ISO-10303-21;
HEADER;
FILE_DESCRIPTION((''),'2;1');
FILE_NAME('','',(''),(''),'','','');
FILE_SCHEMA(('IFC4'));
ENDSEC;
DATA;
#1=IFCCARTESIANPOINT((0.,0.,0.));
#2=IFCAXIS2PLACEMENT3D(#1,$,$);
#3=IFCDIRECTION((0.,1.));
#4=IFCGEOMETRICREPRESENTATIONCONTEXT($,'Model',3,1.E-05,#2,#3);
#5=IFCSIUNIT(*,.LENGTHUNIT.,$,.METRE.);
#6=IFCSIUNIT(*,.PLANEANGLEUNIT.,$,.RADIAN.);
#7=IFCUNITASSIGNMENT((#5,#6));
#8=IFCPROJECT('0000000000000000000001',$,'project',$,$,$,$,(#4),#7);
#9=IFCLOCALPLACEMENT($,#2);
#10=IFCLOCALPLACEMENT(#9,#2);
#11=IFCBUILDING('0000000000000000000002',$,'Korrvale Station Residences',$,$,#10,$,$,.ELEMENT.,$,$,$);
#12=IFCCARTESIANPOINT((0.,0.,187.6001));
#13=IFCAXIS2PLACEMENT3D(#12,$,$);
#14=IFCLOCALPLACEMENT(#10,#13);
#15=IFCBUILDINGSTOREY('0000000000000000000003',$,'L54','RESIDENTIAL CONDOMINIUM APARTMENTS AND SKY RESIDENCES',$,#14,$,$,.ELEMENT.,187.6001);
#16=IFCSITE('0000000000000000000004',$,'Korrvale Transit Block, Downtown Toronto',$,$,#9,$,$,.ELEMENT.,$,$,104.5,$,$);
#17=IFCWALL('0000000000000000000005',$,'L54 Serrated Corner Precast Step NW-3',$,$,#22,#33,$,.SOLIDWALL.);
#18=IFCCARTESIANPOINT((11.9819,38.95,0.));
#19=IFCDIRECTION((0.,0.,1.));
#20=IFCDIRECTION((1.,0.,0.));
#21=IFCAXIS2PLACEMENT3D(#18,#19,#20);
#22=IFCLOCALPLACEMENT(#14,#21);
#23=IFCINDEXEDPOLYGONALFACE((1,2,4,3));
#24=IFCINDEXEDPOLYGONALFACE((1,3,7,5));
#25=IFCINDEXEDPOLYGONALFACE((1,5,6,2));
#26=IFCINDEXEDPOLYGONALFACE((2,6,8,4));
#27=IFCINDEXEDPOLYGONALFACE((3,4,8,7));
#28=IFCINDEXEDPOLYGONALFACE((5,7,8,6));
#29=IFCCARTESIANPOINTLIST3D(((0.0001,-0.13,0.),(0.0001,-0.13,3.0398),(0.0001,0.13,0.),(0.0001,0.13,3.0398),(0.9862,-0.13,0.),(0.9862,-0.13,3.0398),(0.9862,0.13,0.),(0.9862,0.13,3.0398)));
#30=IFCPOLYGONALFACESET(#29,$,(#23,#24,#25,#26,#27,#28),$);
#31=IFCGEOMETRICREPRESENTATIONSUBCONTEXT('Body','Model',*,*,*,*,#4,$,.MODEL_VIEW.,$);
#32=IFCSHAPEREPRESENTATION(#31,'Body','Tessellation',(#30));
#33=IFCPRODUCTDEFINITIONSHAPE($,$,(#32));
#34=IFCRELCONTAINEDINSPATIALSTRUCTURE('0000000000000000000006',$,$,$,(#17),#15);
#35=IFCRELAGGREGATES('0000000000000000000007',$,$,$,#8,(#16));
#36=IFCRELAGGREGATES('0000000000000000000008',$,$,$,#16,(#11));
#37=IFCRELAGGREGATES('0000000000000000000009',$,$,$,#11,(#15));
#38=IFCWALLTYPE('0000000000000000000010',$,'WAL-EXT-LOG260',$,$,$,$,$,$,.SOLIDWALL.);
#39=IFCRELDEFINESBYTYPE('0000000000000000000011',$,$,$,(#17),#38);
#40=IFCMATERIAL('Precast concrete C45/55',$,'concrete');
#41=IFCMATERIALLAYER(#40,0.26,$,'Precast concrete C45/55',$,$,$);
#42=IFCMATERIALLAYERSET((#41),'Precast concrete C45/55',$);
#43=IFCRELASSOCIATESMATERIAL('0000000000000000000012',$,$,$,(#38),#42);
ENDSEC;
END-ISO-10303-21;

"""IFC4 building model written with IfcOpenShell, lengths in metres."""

from ifc_helpers import new_model, si_unit, direction, frame, frame_2d, origin, place, context, subcontext, project, spatial, rectangle, extrude, material, layer, layer_set, type_object, element, save


model = new_model("IFC4")

# Units and contexts
model_context = context("Model", 3, precision=1e-05, world=origin(), true_north=direction((0.0, 1.0)))
body_context = subcontext(model_context, "Body", "Model", "MODEL_VIEW")
ifc_project = project(units=[si_unit("LENGTHUNIT", "METRE"), si_unit("PLANEANGLEUNIT", "RADIAN")], contexts=[model_context])

# Site, building, storey
site_placement = place(None, origin())
site = spatial("IfcSite", under=ifc_project, at=site_placement, Name="Korrvale Transit Block, Downtown Toronto", CompositionType="ELEMENT", RefElevation=104.5)
building_placement = place(site_placement, origin())
building = spatial("IfcBuilding", under=site, at=building_placement, Name="Korrvale Station Residences", CompositionType="ELEMENT")
storey_placement = place(building_placement, frame((0.0, 0.0, 187.6001)))
storey = spatial("IfcBuildingStorey", under=building, at=storey_placement, Name="L54", Description="RESIDENTIAL CONDOMINIUM APARTMENTS AND SKY RESIDENCES", CompositionType="ELEMENT", Elevation=187.6001)

# Wall
ifc_material_1 = material(Name="Precast concrete C45/55", Category="concrete")
ifc_layer_1 = layer(ifc_material_1, 0.26, Name="Precast concrete C45/55")
ifc_layer_set_1 = layer_set([ifc_layer_1], Name="Precast concrete C45/55")
wall_type_1 = type_object("IfcWallType", Name="WAL-EXT-LOG260", PredefinedType="SOLIDWALL", material=ifc_layer_set_1)
wall_1_placement = place(storey_placement, frame((11.9819, 38.95, 0.0), z_axis=(0.0, 0.0, 1.0), x_axis=(1.0, 0.0, 0.0)))
element("IfcWall", 1, at=wall_1_placement, inside=storey, type_object=wall_type_1, Name="L54 Serrated Corner Precast Step NW-3", PredefinedType="SOLIDWALL", context=body_context, shape_type="SweptSolid", body=[
    extrude(rectangle(XDim=0.9861, YDim=0.26, at=frame_2d((0.4932, 0.0))), origin(), (0.0, 0.0, 1.0), 3.0398),
])

save(model, "model.ifc")
